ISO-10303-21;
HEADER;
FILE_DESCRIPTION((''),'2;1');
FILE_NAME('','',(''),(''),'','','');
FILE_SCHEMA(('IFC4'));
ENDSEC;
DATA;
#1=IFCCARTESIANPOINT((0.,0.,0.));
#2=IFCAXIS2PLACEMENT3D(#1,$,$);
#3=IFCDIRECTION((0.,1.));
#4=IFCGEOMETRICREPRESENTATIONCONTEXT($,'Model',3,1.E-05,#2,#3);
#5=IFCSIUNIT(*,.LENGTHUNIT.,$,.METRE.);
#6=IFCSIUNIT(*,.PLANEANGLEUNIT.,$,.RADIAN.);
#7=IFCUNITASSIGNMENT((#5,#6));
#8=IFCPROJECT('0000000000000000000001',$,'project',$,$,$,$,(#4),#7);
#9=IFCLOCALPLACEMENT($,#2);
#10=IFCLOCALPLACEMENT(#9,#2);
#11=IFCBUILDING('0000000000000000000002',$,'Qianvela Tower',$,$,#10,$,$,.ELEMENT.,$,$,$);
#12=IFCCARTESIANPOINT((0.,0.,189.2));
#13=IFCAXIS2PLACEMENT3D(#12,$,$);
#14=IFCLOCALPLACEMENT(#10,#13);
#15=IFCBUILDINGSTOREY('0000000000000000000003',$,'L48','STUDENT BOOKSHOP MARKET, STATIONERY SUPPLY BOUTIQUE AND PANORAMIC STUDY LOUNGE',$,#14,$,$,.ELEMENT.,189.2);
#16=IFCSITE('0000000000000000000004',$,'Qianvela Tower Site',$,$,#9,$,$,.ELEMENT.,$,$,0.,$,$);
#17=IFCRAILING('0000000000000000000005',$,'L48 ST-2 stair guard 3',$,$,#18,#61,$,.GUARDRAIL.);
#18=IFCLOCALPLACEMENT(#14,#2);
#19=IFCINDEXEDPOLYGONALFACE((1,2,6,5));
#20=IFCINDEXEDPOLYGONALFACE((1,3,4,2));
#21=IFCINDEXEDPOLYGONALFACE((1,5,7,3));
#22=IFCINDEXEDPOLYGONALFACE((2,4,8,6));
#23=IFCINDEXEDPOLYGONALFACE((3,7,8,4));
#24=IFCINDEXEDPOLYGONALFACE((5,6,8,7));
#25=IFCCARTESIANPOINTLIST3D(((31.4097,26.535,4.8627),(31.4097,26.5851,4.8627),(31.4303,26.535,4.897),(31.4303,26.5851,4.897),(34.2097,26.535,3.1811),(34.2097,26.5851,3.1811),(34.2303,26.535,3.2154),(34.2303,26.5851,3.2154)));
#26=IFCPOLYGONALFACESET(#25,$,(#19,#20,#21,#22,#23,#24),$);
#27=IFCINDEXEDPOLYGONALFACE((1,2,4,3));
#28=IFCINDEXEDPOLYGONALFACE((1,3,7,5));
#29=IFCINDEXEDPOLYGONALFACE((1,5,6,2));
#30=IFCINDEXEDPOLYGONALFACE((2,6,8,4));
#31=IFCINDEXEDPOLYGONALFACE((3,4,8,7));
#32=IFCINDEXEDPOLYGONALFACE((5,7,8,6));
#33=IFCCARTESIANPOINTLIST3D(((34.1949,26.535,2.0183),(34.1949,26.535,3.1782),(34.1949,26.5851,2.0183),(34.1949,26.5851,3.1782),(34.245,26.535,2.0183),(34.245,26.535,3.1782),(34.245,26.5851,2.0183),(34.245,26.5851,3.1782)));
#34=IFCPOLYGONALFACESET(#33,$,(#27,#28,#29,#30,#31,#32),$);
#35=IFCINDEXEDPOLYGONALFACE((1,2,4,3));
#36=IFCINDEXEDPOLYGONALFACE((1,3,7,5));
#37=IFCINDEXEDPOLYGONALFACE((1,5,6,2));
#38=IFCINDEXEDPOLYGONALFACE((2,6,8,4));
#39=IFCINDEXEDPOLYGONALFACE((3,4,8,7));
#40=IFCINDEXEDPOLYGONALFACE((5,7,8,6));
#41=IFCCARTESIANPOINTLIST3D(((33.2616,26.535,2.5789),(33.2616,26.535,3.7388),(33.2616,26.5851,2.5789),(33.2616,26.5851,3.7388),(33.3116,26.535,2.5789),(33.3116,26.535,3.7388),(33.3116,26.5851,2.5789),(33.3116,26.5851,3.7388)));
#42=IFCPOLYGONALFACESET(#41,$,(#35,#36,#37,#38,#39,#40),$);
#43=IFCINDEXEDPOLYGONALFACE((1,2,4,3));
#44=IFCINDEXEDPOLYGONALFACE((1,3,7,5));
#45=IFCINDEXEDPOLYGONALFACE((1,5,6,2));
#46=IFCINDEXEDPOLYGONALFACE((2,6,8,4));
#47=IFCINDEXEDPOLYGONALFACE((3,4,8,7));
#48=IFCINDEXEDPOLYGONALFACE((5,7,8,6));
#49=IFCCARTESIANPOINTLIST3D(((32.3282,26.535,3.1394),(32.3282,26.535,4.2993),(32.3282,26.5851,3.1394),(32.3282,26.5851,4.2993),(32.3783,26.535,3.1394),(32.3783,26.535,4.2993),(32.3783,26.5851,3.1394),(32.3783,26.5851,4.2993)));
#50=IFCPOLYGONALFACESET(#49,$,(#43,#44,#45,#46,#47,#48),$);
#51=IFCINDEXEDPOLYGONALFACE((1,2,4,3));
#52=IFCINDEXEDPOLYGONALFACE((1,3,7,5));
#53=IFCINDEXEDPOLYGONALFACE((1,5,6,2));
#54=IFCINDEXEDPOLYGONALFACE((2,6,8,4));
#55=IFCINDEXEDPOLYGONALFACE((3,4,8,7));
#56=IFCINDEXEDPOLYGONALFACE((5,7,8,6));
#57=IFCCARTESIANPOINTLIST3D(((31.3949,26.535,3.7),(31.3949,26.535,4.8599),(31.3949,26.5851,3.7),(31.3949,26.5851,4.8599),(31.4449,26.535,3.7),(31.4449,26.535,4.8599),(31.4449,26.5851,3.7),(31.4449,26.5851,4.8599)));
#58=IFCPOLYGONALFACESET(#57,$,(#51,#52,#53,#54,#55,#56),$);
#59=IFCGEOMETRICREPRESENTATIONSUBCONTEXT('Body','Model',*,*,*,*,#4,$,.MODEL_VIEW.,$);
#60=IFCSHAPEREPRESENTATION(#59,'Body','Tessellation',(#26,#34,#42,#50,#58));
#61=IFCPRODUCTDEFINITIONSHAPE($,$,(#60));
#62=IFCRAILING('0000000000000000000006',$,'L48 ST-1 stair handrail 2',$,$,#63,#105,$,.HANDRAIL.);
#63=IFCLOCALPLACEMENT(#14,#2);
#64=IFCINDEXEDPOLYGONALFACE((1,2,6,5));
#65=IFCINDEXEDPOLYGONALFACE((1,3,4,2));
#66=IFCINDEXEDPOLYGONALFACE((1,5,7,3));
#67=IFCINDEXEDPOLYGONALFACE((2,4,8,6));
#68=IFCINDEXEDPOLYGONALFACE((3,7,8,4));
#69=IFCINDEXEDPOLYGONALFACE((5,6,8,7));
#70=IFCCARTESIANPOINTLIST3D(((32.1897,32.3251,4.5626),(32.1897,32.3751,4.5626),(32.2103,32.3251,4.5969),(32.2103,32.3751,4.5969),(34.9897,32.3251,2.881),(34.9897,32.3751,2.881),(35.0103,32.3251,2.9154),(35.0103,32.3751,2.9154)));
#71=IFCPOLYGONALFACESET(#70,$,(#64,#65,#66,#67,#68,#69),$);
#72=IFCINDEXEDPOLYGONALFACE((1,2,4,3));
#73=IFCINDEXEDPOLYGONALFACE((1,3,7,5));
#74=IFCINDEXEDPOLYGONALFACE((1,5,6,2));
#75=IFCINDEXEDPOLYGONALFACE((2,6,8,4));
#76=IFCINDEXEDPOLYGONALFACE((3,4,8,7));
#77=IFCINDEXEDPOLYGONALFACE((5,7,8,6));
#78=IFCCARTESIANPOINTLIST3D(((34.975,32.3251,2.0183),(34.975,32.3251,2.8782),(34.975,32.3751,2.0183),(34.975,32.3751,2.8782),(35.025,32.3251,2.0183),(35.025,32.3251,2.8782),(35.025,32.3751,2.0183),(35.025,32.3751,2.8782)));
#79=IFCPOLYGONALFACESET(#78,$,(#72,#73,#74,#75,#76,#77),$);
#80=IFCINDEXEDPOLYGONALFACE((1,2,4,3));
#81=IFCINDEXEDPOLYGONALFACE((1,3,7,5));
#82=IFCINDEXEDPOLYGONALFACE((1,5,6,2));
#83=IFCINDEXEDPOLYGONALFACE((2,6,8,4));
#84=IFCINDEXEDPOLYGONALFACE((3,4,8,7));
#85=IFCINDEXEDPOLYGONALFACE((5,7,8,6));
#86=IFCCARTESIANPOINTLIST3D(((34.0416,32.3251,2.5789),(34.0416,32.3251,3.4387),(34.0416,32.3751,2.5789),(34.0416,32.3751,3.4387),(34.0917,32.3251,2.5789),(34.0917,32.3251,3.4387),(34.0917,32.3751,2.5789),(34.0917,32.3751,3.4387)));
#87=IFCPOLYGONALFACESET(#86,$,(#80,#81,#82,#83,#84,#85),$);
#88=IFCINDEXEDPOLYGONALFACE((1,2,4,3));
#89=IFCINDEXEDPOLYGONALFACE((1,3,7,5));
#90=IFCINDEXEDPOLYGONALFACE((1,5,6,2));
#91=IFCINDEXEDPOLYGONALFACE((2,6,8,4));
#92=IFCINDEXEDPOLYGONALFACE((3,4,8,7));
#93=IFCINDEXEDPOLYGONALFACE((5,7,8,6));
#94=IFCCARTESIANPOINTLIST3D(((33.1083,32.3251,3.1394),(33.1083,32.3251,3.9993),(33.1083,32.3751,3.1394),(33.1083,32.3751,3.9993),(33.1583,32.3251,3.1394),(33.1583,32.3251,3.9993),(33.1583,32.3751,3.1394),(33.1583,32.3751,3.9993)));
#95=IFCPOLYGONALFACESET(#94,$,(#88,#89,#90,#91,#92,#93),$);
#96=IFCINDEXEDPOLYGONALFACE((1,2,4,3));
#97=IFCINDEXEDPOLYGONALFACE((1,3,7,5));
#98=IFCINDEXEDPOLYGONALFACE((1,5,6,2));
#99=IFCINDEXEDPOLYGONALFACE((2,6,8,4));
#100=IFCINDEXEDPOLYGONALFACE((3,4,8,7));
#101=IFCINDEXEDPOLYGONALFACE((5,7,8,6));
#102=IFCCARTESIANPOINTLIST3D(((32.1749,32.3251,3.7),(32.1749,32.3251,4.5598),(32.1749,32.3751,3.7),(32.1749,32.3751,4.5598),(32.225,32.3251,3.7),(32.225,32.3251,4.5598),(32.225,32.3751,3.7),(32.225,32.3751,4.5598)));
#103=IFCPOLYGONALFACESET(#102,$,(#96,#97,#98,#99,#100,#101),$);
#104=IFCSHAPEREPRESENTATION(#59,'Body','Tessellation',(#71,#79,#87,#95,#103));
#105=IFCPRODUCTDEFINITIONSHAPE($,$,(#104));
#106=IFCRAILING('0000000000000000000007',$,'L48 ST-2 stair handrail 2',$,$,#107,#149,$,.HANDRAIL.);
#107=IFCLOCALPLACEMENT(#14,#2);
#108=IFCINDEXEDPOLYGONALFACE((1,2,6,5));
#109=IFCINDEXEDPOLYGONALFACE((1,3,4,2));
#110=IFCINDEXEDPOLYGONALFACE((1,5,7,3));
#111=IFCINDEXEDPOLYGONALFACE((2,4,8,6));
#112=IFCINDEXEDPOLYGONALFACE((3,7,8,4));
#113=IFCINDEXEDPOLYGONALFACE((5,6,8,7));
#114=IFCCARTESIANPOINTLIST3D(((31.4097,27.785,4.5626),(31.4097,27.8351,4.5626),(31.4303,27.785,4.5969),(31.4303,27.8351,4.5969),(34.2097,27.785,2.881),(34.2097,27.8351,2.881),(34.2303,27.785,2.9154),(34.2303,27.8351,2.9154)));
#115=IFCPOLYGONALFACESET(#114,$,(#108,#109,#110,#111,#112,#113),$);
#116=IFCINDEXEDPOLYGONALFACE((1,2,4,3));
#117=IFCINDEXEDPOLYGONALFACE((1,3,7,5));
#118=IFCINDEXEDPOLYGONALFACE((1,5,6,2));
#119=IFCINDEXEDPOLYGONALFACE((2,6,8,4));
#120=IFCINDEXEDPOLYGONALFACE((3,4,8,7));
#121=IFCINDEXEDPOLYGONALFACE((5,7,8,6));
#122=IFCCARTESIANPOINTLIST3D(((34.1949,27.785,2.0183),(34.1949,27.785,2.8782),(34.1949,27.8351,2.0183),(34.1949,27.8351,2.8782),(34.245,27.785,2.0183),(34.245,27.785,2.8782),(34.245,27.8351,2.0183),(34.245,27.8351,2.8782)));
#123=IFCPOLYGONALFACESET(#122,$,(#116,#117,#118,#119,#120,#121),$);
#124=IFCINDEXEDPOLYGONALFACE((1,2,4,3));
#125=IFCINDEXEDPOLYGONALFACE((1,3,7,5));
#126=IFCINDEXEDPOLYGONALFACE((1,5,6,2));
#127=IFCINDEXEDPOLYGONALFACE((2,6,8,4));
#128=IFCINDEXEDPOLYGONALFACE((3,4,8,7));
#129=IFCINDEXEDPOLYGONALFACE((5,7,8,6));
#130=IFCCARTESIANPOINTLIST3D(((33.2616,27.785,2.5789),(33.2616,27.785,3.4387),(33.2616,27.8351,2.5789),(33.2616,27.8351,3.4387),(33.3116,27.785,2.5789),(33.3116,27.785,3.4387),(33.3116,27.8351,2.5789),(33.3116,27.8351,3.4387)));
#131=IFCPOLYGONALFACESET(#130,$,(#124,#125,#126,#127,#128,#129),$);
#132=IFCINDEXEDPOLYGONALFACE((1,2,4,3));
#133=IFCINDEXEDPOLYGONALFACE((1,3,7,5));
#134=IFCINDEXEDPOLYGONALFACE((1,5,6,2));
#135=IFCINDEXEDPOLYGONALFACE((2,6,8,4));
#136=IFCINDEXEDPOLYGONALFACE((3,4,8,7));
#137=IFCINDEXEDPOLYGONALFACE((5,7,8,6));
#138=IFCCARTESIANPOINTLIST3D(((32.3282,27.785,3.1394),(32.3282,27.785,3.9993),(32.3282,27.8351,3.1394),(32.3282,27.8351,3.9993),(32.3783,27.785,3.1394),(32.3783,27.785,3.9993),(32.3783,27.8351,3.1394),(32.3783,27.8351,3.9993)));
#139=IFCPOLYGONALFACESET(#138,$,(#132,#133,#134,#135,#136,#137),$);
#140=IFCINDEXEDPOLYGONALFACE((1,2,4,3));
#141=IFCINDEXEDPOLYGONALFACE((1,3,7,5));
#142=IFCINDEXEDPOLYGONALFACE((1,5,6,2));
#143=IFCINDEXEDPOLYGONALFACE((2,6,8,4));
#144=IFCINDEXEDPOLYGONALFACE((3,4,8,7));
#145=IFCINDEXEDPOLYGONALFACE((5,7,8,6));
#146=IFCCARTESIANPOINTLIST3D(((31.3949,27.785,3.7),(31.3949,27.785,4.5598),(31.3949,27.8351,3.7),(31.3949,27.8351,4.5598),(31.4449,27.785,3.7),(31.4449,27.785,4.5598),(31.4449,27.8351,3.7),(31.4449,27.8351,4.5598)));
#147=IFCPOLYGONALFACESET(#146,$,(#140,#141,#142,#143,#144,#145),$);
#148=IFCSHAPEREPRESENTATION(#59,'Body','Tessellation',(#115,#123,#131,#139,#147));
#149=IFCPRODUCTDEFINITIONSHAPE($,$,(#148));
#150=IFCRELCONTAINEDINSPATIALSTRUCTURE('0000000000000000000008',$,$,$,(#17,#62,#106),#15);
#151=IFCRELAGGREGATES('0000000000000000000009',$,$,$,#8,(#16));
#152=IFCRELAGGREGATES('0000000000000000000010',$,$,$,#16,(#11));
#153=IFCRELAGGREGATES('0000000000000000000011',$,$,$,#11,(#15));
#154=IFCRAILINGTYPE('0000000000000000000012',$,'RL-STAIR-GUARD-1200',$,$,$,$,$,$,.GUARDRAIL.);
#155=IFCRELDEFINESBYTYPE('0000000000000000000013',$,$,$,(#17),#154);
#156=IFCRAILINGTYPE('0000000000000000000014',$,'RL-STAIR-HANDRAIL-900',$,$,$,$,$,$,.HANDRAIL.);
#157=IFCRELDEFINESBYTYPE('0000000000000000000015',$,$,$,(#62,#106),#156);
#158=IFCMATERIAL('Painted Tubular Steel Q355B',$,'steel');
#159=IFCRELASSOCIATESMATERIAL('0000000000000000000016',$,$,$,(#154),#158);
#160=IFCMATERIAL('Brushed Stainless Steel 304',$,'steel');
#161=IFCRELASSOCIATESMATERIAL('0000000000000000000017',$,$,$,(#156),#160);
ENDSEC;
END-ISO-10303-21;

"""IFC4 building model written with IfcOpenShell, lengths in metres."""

from ifc_helpers import new_model, si_unit, direction, frame, origin, origin_2d, place, context, subcontext, project, spatial, rectangle, extrude, material, type_object, element, save


model = new_model("IFC4")

# Units and contexts
model_context = context("Model", 3, precision=1e-05, world=origin(), true_north=direction((0.0, 1.0)))
body_context = subcontext(model_context, "Body", "Model", "MODEL_VIEW")
ifc_project = project(units=[si_unit("LENGTHUNIT", "METRE"), si_unit("PLANEANGLEUNIT", "RADIAN")], contexts=[model_context])

# Site, building, storey
site_placement = place(None, origin())
site = spatial("IfcSite", under=ifc_project, at=site_placement, Name="Qianvela Tower Site", CompositionType="ELEMENT", RefElevation=0.0)
building_placement = place(site_placement, origin())
building = spatial("IfcBuilding", under=site, at=building_placement, Name="Qianvela Tower", CompositionType="ELEMENT")
storey_placement = place(building_placement, frame((0.0, 0.0, 189.2)))
storey = spatial("IfcBuildingStorey", under=building, at=storey_placement, Name="L48", Description="STUDENT BOOKSHOP MARKET, STATIONERY SUPPLY BOUTIQUE AND PANORAMIC STUDY LOUNGE", CompositionType="ELEMENT", Elevation=189.2)

# Railings
ifc_material_1 = material(Name="Painted Tubular Steel Q355B", Category="steel")
railing_type_1 = type_object("IfcRailingType", Name="RL-STAIR-GUARD-1200", PredefinedType="GUARDRAIL", material=ifc_material_1)
for number, where, name in (
    (1, (34.22, 26.5601, 2.0183), "L48 ST-2 stair guard 3"),
):
    element("IfcRailing", number, at=place(storey_placement, frame(where)), inside=storey, type_object=railing_type_1, Name=name, PredefinedType="GUARDRAIL", context=body_context, shape_type="SweptSolid", body=[
        extrude(rectangle(XDim=0.05, YDim=0.04, at=origin_2d()), frame((0.0, 0.0, 1.1799), z_axis=(-0.857275, 0.0, 0.514858), x_axis=(0.0, -1.0, 0.0)), (0.0, 0.0, 1.0), 3.2661),
        extrude(rectangle(XDim=0.05, YDim=0.05, at=origin_2d()), origin(), (0.0, 0.0, 1.0), 1.1599),
        extrude(rectangle(XDim=0.05, YDim=0.05, at=origin_2d()), frame((-0.9333, 0.0, 0.5605)), (0.0, 0.0, 1.0), 1.1599),
        extrude(rectangle(XDim=0.05, YDim=0.05, at=origin_2d()), frame((-1.8667, 0.0, 1.1211)), (0.0, 0.0, 1.0), 1.1599),
        extrude(rectangle(XDim=0.05, YDim=0.05, at=origin_2d()), frame((-2.8, 0.0, 1.6816)), (0.0, 0.0, 1.0), 1.1599),
    ])
ifc_material_2 = material(Name="Brushed Stainless Steel 304", Category="steel")
railing_type_2 = type_object("IfcRailingType", Name="RL-STAIR-HANDRAIL-900", PredefinedType="HANDRAIL", material=ifc_material_2)
for number, where, name in (
    (2, (35.0, 32.3501, 2.0183), "L48 ST-1 stair handrail 2"),
    (3, (34.22, 27.8101, 2.0183), "L48 ST-2 stair handrail 2"),
):
    element("IfcRailing", number, at=place(storey_placement, frame(where)), inside=storey, type_object=railing_type_2, Name=name, PredefinedType="HANDRAIL", context=body_context, shape_type="SweptSolid", body=[
        extrude(rectangle(XDim=0.05, YDim=0.04, at=origin_2d()), frame((0.0, 0.0, 0.8799), z_axis=(-0.857275, 0.0, 0.514858), x_axis=(0.0, -1.0, 0.0)), (0.0, 0.0, 1.0), 3.2661),
        extrude(rectangle(XDim=0.05, YDim=0.05, at=origin_2d()), origin(), (0.0, 0.0, 1.0), 0.8599),
        extrude(rectangle(XDim=0.05, YDim=0.05, at=origin_2d()), frame((-0.9333, 0.0, 0.5605)), (0.0, 0.0, 1.0), 0.8599),
        extrude(rectangle(XDim=0.05, YDim=0.05, at=origin_2d()), frame((-1.8667, 0.0, 1.1211)), (0.0, 0.0, 1.0), 0.8599),
        extrude(rectangle(XDim=0.05, YDim=0.05, at=origin_2d()), frame((-2.8, 0.0, 1.6816)), (0.0, 0.0, 1.0), 0.8599),
    ])

save(model, "model.ifc")
